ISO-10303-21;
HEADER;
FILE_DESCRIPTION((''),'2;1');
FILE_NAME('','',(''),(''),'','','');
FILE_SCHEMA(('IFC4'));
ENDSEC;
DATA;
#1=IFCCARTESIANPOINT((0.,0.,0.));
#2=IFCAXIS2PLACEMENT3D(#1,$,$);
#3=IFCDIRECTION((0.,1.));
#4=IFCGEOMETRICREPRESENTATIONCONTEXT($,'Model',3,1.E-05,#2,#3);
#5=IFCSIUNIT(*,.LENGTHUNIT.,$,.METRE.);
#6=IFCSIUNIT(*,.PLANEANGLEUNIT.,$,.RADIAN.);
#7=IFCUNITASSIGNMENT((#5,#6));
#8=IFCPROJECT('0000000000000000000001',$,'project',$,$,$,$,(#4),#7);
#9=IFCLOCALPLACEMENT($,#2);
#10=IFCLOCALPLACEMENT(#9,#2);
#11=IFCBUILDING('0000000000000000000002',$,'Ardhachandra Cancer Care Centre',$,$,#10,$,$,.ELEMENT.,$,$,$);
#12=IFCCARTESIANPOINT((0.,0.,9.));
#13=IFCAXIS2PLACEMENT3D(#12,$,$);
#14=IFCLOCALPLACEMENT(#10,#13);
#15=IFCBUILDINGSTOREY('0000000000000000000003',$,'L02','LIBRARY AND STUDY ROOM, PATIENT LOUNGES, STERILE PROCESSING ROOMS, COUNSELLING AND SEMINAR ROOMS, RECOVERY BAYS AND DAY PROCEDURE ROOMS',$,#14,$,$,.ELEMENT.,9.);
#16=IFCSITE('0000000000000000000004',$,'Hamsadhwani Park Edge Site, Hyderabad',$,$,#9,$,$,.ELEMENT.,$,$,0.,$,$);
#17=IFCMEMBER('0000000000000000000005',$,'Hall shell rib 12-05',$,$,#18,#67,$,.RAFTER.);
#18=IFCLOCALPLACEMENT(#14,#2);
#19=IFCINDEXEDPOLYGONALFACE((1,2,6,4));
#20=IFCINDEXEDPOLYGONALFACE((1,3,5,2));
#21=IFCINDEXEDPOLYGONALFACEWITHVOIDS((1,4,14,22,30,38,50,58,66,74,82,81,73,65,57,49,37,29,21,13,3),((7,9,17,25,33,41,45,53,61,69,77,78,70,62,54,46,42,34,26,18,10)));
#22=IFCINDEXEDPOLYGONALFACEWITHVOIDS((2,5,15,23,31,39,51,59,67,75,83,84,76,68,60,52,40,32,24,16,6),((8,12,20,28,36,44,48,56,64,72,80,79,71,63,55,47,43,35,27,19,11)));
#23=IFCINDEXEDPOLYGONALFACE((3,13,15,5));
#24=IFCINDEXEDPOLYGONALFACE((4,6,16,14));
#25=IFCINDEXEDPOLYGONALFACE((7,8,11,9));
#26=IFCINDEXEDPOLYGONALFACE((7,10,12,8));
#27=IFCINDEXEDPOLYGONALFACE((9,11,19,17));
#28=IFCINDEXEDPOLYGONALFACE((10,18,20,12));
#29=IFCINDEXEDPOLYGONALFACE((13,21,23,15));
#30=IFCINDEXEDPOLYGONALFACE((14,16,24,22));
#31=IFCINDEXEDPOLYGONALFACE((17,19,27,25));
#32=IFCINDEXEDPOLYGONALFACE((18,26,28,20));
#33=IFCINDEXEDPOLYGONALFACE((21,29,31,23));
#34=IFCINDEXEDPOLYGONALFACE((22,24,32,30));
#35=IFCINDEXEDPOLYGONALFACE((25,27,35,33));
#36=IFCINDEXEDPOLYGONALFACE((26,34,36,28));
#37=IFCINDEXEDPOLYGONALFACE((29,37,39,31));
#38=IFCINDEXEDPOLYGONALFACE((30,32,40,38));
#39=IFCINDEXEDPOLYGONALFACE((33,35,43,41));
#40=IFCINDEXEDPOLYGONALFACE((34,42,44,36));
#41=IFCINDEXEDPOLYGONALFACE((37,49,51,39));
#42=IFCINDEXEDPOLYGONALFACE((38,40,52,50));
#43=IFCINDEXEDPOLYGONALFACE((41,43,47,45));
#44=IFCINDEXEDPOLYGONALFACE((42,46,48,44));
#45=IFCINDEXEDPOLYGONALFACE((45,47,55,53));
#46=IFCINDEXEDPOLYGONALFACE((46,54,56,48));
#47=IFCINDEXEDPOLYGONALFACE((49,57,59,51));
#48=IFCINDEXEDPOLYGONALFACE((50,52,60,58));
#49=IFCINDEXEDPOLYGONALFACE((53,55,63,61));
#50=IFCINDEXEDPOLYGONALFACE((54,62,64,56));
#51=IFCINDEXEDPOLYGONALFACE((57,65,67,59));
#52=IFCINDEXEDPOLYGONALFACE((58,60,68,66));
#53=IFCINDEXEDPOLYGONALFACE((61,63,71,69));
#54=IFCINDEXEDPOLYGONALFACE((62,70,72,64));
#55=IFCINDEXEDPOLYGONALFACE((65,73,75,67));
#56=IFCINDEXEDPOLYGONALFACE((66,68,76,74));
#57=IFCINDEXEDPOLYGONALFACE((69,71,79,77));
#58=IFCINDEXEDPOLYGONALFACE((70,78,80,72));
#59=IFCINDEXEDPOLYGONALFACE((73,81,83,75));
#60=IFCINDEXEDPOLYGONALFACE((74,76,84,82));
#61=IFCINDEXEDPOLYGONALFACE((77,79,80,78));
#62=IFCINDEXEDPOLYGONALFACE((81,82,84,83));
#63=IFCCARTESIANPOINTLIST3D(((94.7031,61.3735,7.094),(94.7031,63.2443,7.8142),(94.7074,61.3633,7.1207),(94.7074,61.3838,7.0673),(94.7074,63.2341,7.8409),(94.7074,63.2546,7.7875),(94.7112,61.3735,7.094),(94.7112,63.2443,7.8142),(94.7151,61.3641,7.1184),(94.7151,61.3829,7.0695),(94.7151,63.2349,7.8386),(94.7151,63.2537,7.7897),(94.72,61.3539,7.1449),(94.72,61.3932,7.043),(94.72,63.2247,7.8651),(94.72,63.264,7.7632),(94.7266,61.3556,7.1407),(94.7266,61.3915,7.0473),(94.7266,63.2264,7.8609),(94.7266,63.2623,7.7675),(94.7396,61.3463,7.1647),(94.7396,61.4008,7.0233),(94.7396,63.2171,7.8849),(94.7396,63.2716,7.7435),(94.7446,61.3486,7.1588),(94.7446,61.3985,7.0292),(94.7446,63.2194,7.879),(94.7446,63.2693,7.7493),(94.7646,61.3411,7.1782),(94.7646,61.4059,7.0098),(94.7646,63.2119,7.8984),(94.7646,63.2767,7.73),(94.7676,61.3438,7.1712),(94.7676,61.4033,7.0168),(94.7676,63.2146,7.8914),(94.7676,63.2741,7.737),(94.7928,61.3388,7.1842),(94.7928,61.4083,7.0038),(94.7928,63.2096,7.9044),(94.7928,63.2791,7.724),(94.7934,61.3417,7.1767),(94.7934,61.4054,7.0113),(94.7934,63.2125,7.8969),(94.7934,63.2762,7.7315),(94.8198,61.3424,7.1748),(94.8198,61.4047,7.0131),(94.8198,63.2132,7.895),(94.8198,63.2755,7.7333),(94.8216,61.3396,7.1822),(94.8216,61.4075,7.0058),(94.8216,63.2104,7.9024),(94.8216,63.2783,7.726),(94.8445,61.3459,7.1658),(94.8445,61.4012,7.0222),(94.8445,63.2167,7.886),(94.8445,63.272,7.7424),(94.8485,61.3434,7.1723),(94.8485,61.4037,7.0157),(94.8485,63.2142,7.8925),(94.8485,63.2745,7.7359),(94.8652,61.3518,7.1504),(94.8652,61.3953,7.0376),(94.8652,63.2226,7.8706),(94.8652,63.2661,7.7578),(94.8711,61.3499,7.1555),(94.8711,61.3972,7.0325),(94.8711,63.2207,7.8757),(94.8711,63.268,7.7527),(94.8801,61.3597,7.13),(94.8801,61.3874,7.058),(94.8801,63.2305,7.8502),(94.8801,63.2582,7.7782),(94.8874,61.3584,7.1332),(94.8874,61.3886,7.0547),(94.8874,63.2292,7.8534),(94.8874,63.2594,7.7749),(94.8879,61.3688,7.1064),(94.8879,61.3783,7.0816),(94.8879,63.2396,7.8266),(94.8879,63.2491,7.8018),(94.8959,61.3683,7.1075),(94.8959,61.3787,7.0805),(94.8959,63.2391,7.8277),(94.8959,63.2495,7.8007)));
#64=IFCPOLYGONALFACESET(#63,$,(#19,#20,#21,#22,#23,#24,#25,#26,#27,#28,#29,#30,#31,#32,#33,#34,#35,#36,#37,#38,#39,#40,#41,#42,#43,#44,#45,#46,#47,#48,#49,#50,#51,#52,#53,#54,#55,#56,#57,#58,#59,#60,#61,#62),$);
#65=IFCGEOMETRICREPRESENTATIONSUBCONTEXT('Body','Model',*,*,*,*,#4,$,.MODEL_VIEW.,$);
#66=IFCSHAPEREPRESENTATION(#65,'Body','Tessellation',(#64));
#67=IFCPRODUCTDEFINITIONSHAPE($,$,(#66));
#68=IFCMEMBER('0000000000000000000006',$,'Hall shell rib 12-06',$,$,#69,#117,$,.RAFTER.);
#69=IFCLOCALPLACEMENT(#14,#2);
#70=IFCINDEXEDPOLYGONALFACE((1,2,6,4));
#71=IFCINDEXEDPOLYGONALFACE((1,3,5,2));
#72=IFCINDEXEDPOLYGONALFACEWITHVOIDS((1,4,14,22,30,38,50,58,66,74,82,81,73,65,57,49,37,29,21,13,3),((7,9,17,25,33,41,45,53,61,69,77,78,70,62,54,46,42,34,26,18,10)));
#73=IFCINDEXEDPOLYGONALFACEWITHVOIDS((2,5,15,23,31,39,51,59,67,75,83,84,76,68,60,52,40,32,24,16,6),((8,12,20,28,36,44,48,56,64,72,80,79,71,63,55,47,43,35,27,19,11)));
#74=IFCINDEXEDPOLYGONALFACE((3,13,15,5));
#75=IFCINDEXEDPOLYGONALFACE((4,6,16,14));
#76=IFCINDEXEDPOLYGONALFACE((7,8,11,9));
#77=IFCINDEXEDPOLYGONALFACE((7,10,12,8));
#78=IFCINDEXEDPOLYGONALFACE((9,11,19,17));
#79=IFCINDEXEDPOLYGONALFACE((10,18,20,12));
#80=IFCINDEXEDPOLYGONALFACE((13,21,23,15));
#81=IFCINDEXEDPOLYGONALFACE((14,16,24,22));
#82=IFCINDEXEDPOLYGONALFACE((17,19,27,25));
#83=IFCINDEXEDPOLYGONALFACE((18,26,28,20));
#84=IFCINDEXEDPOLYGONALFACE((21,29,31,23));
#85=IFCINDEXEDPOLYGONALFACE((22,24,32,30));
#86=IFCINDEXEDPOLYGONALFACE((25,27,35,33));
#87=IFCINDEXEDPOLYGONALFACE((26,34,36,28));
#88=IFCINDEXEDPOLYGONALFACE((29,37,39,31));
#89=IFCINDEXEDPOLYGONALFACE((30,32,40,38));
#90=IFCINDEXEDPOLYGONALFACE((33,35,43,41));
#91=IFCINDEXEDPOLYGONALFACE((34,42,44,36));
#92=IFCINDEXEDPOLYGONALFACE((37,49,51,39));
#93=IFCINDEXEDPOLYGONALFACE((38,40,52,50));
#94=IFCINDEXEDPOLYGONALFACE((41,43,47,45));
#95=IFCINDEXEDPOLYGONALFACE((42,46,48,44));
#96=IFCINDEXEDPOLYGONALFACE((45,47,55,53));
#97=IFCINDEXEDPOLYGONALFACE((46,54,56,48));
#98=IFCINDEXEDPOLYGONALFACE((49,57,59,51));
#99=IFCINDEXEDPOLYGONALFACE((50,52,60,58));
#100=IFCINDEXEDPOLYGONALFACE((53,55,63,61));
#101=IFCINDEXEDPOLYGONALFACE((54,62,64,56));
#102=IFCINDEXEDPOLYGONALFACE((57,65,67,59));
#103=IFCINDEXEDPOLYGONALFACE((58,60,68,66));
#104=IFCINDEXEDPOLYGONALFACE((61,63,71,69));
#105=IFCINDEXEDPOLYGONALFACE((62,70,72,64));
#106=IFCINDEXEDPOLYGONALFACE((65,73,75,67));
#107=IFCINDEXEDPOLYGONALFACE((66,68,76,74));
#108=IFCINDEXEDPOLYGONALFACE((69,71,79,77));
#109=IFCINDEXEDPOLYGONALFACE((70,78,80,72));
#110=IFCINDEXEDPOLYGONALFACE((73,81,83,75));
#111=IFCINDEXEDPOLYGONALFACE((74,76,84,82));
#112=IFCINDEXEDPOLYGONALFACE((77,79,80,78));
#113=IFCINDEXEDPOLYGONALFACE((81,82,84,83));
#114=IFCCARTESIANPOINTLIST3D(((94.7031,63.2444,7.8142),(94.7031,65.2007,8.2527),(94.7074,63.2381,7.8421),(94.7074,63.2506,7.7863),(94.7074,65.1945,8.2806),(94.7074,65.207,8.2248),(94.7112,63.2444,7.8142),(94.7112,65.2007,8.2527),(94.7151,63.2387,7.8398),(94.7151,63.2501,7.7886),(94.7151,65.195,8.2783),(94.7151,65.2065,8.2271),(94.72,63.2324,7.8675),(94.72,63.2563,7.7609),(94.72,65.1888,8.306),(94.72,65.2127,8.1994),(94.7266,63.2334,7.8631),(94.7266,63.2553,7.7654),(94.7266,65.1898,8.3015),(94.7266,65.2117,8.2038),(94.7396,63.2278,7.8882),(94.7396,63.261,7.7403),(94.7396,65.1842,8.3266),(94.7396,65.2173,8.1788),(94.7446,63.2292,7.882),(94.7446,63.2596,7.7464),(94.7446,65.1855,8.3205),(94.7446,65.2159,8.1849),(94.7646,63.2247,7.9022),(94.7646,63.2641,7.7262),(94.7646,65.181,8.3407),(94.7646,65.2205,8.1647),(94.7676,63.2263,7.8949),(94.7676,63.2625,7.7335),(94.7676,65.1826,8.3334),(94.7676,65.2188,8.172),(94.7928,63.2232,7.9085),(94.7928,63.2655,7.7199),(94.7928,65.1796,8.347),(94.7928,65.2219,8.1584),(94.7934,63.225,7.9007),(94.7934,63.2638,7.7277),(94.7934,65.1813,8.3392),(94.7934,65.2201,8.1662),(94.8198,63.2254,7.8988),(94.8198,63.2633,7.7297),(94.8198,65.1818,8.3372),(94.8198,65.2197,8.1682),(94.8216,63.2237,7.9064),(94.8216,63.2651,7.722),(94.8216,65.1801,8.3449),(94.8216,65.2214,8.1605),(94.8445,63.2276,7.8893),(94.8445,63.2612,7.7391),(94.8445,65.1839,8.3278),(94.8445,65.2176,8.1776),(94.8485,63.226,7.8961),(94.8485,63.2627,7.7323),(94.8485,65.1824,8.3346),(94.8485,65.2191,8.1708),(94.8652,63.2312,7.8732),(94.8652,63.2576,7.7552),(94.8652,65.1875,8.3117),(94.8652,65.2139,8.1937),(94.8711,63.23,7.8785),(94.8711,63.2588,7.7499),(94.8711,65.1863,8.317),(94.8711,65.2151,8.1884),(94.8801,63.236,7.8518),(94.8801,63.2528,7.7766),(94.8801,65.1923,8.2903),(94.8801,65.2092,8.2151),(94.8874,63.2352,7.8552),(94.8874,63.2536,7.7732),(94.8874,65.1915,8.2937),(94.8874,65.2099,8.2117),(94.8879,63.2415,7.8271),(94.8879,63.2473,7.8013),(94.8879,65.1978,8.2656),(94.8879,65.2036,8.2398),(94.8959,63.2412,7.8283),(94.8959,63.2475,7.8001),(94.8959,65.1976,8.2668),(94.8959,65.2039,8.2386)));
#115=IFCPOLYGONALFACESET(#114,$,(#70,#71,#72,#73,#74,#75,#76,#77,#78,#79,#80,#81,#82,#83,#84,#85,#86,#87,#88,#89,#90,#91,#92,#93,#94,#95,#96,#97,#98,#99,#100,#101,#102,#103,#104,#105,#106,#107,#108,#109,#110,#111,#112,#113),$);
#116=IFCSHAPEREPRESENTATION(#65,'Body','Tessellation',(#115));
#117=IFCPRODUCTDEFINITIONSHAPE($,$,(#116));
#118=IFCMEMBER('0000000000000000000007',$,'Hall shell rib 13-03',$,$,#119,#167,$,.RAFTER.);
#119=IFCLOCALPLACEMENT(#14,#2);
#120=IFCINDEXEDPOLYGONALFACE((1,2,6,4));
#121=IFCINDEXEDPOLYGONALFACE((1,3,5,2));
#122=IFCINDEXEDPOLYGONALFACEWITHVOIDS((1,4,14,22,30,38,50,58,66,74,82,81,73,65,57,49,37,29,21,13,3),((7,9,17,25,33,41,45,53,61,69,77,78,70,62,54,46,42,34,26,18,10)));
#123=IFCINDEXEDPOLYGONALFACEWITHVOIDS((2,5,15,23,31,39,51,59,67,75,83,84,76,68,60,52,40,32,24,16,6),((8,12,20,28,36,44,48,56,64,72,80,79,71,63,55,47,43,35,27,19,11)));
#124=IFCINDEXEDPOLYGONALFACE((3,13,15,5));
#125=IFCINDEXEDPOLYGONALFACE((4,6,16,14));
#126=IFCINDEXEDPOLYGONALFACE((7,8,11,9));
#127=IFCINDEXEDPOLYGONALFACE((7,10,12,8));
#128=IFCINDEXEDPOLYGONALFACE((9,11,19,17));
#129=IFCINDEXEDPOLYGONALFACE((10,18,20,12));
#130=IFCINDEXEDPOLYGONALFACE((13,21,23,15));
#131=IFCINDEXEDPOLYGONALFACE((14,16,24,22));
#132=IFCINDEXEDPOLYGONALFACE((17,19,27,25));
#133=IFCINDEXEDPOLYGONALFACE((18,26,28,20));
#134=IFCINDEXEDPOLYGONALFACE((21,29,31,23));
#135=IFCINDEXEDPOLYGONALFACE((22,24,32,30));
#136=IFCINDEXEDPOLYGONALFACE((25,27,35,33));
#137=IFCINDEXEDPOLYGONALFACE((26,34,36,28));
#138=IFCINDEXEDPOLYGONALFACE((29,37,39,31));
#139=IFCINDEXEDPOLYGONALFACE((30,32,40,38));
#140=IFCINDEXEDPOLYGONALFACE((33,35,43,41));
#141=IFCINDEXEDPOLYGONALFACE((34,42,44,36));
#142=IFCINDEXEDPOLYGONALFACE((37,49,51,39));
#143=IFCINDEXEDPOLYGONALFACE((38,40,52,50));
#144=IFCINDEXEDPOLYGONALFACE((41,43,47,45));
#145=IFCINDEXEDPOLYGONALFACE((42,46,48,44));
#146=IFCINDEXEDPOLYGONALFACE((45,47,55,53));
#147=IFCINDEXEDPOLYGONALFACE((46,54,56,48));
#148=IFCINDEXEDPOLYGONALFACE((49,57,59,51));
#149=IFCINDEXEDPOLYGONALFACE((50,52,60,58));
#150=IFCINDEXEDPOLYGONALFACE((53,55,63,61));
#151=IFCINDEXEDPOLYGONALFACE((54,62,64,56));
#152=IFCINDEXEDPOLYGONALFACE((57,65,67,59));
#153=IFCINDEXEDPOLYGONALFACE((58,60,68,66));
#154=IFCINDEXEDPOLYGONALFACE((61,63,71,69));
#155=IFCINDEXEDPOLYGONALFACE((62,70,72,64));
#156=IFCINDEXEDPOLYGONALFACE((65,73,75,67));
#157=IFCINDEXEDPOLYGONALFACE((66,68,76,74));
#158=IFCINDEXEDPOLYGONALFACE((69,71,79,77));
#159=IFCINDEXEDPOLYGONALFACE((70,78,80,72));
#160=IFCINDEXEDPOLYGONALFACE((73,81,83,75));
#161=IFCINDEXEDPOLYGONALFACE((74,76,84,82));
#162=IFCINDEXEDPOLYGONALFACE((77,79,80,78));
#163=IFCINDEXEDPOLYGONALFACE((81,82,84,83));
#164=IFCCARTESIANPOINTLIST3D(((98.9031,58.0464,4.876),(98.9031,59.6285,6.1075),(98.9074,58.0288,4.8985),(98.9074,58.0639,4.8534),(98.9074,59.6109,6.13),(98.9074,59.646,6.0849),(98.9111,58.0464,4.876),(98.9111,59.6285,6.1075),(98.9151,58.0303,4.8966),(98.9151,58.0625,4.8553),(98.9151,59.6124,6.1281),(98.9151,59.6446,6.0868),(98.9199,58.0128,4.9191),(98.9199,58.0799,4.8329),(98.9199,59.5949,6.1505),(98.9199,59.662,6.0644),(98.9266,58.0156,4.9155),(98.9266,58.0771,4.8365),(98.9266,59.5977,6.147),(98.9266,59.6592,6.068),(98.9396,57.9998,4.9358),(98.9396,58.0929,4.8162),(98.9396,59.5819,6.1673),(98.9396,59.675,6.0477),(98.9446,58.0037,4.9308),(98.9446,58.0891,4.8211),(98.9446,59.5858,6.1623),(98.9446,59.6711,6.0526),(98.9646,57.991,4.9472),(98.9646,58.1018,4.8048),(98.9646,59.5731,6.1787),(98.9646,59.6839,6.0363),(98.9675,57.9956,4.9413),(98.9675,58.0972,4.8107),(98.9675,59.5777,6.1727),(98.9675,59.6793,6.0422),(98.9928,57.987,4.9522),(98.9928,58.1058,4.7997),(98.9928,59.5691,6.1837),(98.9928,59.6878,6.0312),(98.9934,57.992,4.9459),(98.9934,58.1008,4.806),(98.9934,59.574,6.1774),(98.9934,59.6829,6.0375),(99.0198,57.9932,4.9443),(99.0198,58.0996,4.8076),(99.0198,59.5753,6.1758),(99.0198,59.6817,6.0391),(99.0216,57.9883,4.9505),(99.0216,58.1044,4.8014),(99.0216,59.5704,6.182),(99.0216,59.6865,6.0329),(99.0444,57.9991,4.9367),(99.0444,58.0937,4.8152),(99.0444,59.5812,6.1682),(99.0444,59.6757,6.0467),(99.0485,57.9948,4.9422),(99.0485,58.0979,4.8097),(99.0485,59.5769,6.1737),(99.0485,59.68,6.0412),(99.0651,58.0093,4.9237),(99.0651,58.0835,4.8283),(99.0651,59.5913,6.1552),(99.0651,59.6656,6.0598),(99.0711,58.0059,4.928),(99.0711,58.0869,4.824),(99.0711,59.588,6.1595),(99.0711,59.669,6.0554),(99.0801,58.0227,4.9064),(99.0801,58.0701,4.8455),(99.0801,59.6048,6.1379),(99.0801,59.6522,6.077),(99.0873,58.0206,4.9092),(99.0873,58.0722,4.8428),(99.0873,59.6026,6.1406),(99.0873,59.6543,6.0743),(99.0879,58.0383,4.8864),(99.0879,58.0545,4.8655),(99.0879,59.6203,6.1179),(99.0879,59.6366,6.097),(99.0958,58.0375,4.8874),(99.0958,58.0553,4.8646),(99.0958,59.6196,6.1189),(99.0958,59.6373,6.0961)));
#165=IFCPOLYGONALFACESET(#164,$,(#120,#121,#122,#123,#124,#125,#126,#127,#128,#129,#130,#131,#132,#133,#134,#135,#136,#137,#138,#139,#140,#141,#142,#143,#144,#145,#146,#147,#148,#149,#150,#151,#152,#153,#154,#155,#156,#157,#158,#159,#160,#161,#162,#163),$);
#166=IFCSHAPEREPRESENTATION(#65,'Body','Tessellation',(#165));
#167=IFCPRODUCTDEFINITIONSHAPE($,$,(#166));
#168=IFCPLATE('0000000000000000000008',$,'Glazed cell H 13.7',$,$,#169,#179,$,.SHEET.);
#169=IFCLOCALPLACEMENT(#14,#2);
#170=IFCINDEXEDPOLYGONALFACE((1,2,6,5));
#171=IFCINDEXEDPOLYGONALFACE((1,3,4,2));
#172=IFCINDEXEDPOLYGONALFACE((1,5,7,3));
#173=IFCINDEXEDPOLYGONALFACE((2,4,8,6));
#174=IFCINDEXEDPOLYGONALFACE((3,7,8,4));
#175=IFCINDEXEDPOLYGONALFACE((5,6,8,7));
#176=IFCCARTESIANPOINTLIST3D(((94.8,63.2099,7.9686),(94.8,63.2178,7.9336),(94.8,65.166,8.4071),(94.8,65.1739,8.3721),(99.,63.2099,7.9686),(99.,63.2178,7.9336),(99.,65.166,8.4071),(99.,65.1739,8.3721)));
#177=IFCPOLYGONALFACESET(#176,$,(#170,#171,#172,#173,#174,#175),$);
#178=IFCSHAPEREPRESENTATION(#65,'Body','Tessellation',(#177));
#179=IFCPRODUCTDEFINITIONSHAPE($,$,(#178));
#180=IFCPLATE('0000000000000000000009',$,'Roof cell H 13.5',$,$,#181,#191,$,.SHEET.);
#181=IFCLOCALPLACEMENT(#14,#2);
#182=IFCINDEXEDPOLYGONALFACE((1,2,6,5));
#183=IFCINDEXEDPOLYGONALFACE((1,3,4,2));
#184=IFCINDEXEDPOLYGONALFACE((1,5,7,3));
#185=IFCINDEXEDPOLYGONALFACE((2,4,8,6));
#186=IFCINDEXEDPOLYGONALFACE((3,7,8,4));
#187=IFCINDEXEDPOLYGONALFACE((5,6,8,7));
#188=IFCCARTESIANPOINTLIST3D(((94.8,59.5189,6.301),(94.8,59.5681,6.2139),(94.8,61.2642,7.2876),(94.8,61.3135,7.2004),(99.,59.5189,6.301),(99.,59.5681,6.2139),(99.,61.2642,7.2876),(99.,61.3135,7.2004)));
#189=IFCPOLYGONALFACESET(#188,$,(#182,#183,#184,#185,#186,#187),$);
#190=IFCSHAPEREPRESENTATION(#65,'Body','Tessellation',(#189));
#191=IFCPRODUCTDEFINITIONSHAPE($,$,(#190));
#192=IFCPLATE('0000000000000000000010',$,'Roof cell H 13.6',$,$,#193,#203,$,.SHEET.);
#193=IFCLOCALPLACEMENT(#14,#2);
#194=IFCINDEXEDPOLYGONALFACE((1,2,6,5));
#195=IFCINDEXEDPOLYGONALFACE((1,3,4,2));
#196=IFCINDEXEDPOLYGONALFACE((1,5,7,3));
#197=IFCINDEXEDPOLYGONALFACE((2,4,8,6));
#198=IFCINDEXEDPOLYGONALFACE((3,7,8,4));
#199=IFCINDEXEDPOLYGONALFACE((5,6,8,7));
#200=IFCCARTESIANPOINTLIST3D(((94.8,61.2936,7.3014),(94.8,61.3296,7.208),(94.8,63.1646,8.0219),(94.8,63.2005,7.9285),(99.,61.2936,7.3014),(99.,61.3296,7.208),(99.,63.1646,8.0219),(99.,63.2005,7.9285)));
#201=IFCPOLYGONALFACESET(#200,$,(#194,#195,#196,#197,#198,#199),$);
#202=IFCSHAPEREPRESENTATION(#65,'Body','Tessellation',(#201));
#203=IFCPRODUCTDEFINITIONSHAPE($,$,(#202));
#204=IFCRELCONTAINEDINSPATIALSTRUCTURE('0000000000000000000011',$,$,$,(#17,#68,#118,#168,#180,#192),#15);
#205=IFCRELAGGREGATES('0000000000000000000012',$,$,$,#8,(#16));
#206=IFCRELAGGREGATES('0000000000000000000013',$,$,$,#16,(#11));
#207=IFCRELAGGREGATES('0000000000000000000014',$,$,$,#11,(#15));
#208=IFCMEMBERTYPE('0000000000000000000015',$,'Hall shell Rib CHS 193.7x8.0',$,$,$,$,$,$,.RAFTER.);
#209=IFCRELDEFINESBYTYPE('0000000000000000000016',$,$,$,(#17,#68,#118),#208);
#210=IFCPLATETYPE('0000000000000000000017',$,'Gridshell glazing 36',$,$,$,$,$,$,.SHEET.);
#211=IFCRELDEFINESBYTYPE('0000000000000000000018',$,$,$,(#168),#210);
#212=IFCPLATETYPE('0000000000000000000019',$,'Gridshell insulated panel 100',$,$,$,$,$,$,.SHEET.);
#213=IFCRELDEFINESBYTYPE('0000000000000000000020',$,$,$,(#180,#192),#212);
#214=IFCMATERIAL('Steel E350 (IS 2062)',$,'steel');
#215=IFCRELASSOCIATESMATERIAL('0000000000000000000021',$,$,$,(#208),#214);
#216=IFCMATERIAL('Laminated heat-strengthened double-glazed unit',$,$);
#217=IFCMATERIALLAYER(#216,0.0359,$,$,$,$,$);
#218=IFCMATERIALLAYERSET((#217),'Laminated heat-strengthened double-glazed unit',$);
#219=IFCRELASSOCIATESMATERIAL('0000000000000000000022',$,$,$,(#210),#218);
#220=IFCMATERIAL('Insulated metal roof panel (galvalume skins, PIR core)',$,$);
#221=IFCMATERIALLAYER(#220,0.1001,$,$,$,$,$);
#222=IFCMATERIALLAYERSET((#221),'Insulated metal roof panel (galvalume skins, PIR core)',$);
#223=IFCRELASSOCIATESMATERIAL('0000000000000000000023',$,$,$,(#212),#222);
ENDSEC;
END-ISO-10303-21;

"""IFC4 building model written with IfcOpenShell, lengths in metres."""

from ifc_helpers import new_model, si_unit, direction, frame, origin, origin_2d, place, context, subcontext, project, spatial, polyline, hollow_circle, outline, extrude, material, layer, layer_set, material_profile, profile_set, type_object, element, save


model = new_model("IFC4")

# Units and contexts
model_context = context("Model", 3, precision=1e-05, world=origin(), true_north=direction((0.0, 1.0)))
body_context = subcontext(model_context, "Body", "Model", "MODEL_VIEW")
ifc_project = project(units=[si_unit("LENGTHUNIT", "METRE"), si_unit("PLANEANGLEUNIT", "RADIAN")], contexts=[model_context])

# Site, building, storey
site_placement = place(None, origin())
site = spatial("IfcSite", under=ifc_project, at=site_placement, Name="Hamsadhwani Park Edge Site, Hyderabad", CompositionType="ELEMENT", RefElevation=0.0)
building_placement = place(site_placement, origin())
building = spatial("IfcBuilding", under=site, at=building_placement, Name="Ardhachandra Cancer Care Centre", CompositionType="ELEMENT")
storey_placement = place(building_placement, frame((0.0, 0.0, 9.0)))
storey = spatial("IfcBuildingStorey", under=building, at=storey_placement, Name="L02", Description="LIBRARY AND STUDY ROOM, PATIENT LOUNGES, STERILE PROCESSING ROOMS, COUNSELLING AND SEMINAR ROOMS, RECOVERY BAYS AND DAY PROCEDURE ROOMS", CompositionType="ELEMENT", Elevation=9.0)

# Members
ifc_material_1 = material(Name="Steel E350 (IS 2062)", Category="steel")
ifc_material_profile_1 = material_profile(ifc_material_1, hollow_circle(Radius=0.0969, WallThickness=0.0081, at=origin_2d()), Name="CHS 193.7x8.0")
ifc_profile_set_1 = profile_set([ifc_material_profile_1], Name="Steel E350 (IS 2062)")
member_type_1 = type_object("IfcMemberType", Name="Hall shell Rib CHS 193.7x8.0", PredefinedType="RAFTER", material=ifc_profile_set_1)
for number, where, z_axis, x_axis, name in (
    (1, (94.8, 61.3735, 7.094), (0.0, 0.933236, 0.359265), (-1.0, 0.0, 0.0), "Hall shell rib 12-05"),
):
    element("IfcMember", number, at=place(storey_placement, frame(where, z_axis=z_axis, x_axis=x_axis)), inside=storey, type_object=member_type_1, Name=name, PredefinedType="RAFTER", context=body_context, shape_type="SweptSolid", body=[
        extrude(hollow_circle(Radius=0.0969, WallThickness=0.0081, at=origin_2d()), origin(), (0.0, 0.0, 1.0), 2.0046),
    ])
for number, where, z_axis, x_axis, name in (
    (2, (94.8, 63.2444, 7.8142), (0.0, 0.97579, 0.218709), (-1.0, 0.0, 0.0), "Hall shell rib 12-06"),
    (3, (99.0, 58.0464, 4.876), (0.0, 0.789116, 0.614244), (-1.0, 0.0, 0.0), "Hall shell rib 13-03"),
):
    element("IfcMember", number, at=place(storey_placement, frame(where, z_axis=z_axis, x_axis=x_axis)), inside=storey, type_object=member_type_1, Name=name, PredefinedType="RAFTER", context=body_context, shape_type="SweptSolid", body=[
        extrude(hollow_circle(Radius=0.0969, WallThickness=0.0081, at=origin_2d()), origin(), (0.0, 0.0, 1.0), 2.0049),
    ])

# Plates
ifc_material_2 = material(Name="Laminated heat-strengthened double-glazed unit")
ifc_layer_1 = layer(ifc_material_2, 0.0359)
ifc_layer_set_1 = layer_set([ifc_layer_1], Name="Laminated heat-strengthened double-glazed unit")
plate_type_1 = type_object("IfcPlateType", Name="Gridshell glazing 36", PredefinedType="SHEET", material=ifc_layer_set_1)
plate_placement = place(storey_placement, frame((94.8, 63.2178, 7.9336), z_axis=(0.0, -0.218735, 0.975784), x_axis=(1.0, 0.0, 0.0)))
element("IfcPlate", 4, at=plate_placement, inside=storey, type_object=plate_type_1, Name="Glazed cell H 13.7", PredefinedType="SHEET", context=body_context, shape_type="SweptSolid", body=[
    extrude(outline(polyline([(0.0, 0.0), (4.2, 0.0), (4.2, 2.0046), (0.0, 2.0046), (0.0, 0.0)])), origin(), (0.0, 0.0, 1.0), 0.0359),
])
ifc_material_3 = material(Name="Insulated metal roof panel (galvalume skins, PIR core)")
ifc_layer_2 = layer(ifc_material_3, 0.1001)
ifc_layer_set_2 = layer_set([ifc_layer_2], Name="Insulated metal roof panel (galvalume skins, PIR core)")
plate_type_2 = type_object("IfcPlateType", Name="Gridshell insulated panel 100", PredefinedType="SHEET", material=ifc_layer_set_2)
for number, where, z_axis, x_axis, name in (
    (5, (94.8, 59.5681, 6.2139), (0.0, -0.492081, 0.870549), (1.0, 0.0, 0.0), "Roof cell H 13.5"),
    (6, (94.8, 61.3296, 7.208), (0.0, -0.359371, 0.933195), (1.0, 0.0, 0.0), "Roof cell H 13.6"),
):
    element("IfcPlate", number, at=place(storey_placement, frame(where, z_axis=z_axis, x_axis=x_axis)), inside=storey, type_object=plate_type_2, Name=name, PredefinedType="SHEET", context=body_context, shape_type="SweptSolid", body=[
        extrude(outline(polyline([(0.0, 0.0), (4.2, 0.0), (4.2, 2.0049), (0.0, 2.0049), (0.0, 0.0)])), origin(), (0.0, 0.0, 1.0), 0.1001),
    ])

save(model, "model.ifc")
